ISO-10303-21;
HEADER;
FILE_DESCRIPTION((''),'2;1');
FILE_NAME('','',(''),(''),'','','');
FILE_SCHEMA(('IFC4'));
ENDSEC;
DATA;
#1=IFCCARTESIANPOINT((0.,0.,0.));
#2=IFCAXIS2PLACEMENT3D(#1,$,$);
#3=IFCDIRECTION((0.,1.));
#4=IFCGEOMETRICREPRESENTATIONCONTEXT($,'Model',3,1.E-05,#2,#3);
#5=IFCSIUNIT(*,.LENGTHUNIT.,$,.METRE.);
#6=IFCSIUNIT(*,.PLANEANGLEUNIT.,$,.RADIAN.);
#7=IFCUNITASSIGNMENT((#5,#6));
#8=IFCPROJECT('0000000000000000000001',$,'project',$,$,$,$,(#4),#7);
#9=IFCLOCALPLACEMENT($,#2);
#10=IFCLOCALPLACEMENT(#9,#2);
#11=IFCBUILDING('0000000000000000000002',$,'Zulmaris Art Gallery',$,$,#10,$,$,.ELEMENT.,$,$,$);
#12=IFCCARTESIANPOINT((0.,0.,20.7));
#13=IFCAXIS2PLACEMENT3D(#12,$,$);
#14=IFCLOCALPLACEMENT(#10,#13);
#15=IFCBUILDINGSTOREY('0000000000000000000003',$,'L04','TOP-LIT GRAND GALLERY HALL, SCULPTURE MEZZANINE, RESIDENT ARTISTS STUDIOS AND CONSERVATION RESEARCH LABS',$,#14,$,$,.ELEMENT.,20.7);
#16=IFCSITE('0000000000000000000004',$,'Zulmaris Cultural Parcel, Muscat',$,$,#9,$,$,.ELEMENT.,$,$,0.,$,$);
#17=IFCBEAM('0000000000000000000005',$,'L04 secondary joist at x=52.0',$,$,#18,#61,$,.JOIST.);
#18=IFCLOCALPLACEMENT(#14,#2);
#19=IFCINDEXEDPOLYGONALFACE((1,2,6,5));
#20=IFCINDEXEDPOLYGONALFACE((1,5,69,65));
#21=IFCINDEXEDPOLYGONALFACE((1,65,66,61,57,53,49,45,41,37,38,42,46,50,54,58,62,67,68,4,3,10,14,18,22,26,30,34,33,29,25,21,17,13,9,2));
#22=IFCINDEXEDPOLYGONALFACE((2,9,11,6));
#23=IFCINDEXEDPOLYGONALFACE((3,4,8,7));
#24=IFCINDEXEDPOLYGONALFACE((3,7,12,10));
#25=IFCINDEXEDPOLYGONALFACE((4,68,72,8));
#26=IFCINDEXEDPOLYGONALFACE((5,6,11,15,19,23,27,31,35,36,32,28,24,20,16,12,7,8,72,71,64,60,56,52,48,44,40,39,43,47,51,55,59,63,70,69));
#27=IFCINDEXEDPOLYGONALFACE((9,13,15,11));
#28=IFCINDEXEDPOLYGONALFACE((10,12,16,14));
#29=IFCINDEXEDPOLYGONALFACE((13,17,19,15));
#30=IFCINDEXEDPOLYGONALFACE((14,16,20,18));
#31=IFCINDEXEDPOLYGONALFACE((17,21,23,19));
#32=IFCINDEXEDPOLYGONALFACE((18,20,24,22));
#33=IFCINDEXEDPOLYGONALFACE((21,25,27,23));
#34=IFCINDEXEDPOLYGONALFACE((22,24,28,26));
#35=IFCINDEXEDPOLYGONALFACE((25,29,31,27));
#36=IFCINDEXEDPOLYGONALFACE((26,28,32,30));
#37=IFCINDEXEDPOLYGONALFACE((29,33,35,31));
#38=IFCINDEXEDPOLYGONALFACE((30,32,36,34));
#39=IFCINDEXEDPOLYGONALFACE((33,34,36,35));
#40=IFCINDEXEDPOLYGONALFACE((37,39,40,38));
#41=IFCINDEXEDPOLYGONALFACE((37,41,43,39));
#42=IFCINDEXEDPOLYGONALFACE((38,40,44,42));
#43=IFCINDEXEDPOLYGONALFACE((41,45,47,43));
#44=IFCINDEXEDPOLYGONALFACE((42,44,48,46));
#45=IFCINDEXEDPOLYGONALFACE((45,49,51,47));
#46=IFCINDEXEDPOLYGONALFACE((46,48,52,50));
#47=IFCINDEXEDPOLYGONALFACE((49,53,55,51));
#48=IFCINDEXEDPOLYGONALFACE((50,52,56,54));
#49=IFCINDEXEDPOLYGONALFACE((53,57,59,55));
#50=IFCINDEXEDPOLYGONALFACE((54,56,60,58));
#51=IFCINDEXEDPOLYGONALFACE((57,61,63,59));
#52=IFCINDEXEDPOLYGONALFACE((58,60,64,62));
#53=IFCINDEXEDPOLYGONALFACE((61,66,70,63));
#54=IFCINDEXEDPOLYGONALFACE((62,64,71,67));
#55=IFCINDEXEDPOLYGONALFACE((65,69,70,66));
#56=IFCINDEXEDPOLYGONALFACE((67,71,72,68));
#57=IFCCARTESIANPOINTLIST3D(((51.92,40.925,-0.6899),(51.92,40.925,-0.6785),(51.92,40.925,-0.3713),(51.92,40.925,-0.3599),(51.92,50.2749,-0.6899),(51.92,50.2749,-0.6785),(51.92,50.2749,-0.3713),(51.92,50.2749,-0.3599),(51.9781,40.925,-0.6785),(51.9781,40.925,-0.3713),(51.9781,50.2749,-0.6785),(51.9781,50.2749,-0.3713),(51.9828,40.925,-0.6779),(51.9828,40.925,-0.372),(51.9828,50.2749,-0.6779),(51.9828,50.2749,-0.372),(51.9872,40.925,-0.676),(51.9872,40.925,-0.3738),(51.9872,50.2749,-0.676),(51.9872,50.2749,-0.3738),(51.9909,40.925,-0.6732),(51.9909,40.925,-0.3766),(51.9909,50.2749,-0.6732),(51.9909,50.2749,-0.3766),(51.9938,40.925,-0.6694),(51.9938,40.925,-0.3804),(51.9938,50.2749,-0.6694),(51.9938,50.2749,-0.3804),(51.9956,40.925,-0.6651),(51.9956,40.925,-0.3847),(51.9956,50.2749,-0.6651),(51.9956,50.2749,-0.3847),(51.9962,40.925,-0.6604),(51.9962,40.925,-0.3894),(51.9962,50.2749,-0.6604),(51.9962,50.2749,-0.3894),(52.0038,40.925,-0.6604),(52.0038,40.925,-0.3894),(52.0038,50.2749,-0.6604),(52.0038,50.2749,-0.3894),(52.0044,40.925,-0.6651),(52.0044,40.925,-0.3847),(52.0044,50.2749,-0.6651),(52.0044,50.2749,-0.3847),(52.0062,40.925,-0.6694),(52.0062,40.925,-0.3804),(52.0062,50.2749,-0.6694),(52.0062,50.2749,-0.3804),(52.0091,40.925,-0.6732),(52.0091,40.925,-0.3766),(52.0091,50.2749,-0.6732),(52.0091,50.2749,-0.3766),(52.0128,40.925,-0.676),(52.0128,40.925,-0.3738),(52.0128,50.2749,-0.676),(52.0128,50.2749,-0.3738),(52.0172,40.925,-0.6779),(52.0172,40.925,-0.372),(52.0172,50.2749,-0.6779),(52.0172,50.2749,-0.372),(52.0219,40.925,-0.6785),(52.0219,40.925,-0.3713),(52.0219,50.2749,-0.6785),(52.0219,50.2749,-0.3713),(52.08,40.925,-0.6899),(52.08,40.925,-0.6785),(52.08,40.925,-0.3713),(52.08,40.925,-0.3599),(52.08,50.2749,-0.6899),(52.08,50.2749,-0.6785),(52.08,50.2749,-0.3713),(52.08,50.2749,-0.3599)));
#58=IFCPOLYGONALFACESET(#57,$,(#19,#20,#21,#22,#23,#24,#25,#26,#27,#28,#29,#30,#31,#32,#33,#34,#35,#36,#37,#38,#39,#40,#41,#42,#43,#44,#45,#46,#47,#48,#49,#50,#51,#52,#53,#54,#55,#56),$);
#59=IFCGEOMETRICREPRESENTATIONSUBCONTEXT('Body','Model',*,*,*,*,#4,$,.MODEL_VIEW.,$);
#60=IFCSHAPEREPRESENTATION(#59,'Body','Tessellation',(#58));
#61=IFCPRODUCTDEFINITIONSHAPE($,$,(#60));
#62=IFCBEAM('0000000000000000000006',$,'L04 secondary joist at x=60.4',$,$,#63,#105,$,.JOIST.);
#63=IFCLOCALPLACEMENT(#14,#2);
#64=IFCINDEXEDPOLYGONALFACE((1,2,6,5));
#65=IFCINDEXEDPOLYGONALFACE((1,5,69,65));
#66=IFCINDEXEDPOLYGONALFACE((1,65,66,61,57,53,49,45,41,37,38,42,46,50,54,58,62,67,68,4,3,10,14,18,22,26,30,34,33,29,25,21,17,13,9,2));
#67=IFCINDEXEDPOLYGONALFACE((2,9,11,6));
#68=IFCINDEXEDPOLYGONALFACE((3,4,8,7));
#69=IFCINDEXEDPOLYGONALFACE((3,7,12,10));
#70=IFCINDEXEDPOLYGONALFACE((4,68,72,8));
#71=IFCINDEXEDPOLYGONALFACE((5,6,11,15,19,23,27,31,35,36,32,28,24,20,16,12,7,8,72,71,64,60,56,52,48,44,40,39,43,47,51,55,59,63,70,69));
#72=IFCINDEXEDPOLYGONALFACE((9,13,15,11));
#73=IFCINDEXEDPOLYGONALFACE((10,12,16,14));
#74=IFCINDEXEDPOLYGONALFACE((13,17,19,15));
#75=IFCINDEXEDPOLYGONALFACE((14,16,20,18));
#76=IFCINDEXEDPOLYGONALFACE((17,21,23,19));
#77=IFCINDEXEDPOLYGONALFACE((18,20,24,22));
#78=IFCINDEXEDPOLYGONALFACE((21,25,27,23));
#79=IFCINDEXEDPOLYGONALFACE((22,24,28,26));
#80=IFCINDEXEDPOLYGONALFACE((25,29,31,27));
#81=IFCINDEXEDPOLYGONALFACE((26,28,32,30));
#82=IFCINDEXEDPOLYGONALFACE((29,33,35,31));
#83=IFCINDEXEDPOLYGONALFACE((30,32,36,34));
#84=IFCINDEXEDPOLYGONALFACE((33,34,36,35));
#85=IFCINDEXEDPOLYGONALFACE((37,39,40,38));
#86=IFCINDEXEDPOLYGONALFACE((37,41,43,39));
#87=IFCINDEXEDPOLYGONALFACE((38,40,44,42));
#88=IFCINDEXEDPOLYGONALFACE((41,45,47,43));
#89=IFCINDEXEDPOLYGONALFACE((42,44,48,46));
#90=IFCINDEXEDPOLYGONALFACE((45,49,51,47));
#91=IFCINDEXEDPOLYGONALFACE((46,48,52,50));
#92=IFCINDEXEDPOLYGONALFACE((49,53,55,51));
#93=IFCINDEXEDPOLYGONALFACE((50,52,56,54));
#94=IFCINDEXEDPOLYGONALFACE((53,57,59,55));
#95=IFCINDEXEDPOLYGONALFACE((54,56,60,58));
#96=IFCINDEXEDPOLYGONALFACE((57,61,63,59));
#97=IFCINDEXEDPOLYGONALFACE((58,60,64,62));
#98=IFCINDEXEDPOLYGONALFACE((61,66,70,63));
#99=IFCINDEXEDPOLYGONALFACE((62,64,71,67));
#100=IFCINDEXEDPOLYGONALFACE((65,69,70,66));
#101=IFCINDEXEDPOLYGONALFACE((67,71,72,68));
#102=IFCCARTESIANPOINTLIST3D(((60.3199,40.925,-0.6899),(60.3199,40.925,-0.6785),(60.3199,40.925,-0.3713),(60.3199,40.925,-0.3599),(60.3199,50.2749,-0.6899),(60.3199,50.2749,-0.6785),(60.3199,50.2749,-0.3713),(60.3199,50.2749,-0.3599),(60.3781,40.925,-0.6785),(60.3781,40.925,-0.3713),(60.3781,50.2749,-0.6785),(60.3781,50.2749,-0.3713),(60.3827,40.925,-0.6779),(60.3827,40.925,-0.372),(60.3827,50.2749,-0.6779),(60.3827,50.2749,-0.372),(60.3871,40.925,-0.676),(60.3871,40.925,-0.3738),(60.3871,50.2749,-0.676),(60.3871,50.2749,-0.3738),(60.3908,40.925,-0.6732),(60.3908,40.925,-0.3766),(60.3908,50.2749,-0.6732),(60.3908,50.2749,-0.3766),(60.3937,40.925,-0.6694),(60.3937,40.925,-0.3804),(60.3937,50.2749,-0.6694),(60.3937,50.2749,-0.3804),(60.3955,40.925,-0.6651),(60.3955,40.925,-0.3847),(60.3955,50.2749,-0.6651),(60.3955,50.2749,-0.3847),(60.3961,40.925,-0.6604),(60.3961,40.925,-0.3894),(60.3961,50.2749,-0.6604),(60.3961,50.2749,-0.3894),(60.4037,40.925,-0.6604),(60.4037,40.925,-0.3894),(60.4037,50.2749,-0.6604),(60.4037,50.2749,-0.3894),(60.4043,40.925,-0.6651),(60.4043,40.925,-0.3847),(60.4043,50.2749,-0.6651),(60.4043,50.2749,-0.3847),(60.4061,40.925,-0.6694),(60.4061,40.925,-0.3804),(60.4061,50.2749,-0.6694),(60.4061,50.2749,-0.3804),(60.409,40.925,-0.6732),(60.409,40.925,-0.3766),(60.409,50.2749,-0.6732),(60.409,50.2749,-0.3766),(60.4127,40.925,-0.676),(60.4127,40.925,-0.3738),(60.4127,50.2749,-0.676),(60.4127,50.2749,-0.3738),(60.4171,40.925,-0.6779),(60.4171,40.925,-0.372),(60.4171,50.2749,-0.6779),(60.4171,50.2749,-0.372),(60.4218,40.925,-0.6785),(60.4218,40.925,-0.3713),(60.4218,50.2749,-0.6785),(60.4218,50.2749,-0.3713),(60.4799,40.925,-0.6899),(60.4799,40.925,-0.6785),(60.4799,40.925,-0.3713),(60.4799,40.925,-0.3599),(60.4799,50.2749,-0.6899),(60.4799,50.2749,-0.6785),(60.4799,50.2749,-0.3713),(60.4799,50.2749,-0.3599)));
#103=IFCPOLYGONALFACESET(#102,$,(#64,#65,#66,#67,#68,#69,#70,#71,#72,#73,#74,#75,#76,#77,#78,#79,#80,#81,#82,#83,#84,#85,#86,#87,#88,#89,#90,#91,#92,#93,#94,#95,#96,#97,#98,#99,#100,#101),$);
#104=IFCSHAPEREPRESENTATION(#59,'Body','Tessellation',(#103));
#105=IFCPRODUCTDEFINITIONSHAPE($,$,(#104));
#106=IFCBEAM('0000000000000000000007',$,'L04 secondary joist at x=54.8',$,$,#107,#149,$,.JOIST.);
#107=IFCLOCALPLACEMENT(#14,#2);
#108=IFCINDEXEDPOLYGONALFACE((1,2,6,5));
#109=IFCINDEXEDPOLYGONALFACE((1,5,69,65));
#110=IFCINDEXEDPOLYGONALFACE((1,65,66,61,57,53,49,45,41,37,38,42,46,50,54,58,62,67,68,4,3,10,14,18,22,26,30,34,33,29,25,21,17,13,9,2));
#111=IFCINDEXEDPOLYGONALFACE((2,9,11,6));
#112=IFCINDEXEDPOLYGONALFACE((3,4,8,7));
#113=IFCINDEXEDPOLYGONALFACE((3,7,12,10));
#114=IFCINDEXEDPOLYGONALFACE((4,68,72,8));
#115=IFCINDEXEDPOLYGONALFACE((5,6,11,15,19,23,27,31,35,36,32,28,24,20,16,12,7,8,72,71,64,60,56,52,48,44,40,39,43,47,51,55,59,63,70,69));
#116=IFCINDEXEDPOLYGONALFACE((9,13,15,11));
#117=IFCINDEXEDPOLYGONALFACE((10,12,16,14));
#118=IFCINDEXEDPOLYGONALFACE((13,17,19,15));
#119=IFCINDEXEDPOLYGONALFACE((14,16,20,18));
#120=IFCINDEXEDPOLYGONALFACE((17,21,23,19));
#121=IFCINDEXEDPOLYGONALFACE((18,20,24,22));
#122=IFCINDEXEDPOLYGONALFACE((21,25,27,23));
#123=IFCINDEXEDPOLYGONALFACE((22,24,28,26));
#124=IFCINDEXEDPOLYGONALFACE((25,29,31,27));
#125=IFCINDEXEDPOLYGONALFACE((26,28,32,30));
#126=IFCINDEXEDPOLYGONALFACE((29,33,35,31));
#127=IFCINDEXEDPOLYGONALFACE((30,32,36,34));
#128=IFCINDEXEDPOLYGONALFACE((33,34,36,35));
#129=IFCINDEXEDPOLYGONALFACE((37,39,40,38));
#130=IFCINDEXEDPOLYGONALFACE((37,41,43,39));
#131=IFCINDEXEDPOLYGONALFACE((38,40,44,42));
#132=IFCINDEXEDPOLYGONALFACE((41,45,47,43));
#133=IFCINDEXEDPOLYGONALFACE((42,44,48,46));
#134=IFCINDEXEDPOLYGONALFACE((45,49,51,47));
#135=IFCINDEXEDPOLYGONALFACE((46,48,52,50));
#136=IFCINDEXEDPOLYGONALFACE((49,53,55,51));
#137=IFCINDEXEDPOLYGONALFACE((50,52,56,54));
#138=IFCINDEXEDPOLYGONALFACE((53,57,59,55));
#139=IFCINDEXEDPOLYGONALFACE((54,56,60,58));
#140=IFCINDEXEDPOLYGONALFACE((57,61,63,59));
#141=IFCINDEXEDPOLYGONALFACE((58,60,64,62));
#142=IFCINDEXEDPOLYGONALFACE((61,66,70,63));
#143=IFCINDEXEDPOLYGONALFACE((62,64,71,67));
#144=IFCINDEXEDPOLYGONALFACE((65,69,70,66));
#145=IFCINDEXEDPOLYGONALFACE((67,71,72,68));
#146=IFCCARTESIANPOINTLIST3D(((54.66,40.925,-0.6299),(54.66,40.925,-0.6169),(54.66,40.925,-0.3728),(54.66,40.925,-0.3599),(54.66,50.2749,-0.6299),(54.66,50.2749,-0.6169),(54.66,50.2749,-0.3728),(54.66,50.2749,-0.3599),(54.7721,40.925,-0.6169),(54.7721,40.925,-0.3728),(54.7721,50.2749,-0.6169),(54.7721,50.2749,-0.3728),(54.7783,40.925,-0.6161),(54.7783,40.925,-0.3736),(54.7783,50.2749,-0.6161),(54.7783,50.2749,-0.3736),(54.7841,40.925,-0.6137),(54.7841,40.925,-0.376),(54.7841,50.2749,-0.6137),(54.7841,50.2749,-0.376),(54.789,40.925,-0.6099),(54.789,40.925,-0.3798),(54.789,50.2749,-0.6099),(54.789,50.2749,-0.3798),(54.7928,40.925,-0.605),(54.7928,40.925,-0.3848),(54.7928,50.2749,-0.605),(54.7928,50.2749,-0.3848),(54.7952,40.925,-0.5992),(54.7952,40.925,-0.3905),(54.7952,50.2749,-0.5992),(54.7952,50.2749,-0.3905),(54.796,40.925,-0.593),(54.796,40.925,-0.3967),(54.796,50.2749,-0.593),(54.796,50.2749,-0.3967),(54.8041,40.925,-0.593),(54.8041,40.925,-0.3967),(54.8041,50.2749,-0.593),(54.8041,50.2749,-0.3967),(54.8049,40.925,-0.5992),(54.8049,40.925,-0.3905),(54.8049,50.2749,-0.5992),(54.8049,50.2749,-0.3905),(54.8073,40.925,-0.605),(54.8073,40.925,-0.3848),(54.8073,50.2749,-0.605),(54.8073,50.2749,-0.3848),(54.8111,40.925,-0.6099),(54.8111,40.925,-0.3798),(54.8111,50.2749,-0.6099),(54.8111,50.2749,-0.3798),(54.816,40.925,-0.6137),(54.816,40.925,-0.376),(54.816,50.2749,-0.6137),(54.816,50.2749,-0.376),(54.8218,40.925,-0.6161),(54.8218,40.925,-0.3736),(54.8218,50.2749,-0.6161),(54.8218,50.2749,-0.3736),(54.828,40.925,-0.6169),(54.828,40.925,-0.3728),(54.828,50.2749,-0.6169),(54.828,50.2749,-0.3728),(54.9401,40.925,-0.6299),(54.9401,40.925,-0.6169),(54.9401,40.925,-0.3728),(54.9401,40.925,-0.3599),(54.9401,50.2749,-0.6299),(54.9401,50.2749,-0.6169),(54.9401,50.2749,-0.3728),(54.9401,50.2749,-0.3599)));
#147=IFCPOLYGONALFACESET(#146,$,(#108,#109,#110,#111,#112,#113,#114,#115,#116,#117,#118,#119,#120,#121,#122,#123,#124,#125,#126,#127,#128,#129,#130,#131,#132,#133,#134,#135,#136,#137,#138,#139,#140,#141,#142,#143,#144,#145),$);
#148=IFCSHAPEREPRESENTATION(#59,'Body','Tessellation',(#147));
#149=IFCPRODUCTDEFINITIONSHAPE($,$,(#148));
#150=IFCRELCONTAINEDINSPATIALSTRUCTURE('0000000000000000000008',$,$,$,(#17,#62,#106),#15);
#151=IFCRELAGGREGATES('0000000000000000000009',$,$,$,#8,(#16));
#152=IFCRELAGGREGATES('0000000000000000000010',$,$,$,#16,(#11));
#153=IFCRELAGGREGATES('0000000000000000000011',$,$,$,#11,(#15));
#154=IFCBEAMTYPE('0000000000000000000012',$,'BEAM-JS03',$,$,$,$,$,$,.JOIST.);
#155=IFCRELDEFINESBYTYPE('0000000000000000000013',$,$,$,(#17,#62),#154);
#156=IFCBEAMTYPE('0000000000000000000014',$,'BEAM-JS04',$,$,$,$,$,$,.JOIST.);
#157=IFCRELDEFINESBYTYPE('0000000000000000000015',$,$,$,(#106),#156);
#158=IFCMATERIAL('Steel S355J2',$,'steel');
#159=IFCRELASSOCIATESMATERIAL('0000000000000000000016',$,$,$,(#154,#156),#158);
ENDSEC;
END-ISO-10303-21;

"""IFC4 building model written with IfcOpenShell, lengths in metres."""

from ifc_helpers import new_model, si_unit, direction, frame, origin, origin_2d, place, context, subcontext, project, spatial, i_section, extrude, material, material_profile, profile_set, type_object, element, save


model = new_model("IFC4")

# Units and contexts
model_context = context("Model", 3, precision=1e-05, world=origin(), true_north=direction((0.0, 1.0)))
body_context = subcontext(model_context, "Body", "Model", "MODEL_VIEW")
ifc_project = project(units=[si_unit("LENGTHUNIT", "METRE"), si_unit("PLANEANGLEUNIT", "RADIAN")], contexts=[model_context])

# Site, building, storey
site_placement = place(None, origin())
site = spatial("IfcSite", under=ifc_project, at=site_placement, Name="Zulmaris Cultural Parcel, Muscat", CompositionType="ELEMENT", RefElevation=0.0)
building_placement = place(site_placement, origin())
building = spatial("IfcBuilding", under=site, at=building_placement, Name="Zulmaris Art Gallery", CompositionType="ELEMENT")
storey_placement = place(building_placement, frame((0.0, 0.0, 20.7)))
storey = spatial("IfcBuildingStorey", under=building, at=storey_placement, Name="L04", Description="TOP-LIT GRAND GALLERY HALL, SCULPTURE MEZZANINE, RESIDENT ARTISTS STUDIOS AND CONSERVATION RESEARCH LABS", CompositionType="ELEMENT", Elevation=20.7)

# Beams
ifc_material_1 = material(Name="Steel S355J2", Category="steel")
ifc_material_profile_1 = material_profile(ifc_material_1, i_section(OverallWidth=0.1599, OverallDepth=0.3301, WebThickness=0.0076, FlangeThickness=0.0115, FilletRadius=0.0181, at=origin_2d()), Name="IPE 330")
ifc_profile_set_1 = profile_set([ifc_material_profile_1], Name="Steel S355J2")
beam_type_1 = type_object("IfcBeamType", Name="BEAM-JS03", PredefinedType="JOIST", material=ifc_profile_set_1)
for number, where, z_axis, x_axis, name in (
    (1, (52.0, 40.925, -0.5249), (0.0, 1.0, 0.0), (-1.0, 0.0, 0.0), "L04 secondary joist at x=52.0"),
    (2, (60.3999, 40.925, -0.5249), (0.0, 1.0, 0.0), (-1.0, 0.0, 0.0), "L04 secondary joist at x=60.4"),
):
    element("IfcBeam", number, at=place(storey_placement, frame(where, z_axis=z_axis, x_axis=x_axis)), inside=storey, type_object=beam_type_1, Name=name, PredefinedType="JOIST", context=body_context, shape_type="SweptSolid", body=[
        extrude(i_section(OverallWidth=0.1599, OverallDepth=0.3301, WebThickness=0.0076, FlangeThickness=0.0115, FilletRadius=0.0181, at=origin_2d()), origin(), (0.0, 0.0, 1.0), 9.3499),
    ])
ifc_material_profile_2 = material_profile(ifc_material_1, i_section(OverallWidth=0.28, OverallDepth=0.27, WebThickness=0.0081, FlangeThickness=0.0129, FilletRadius=0.0239, at=origin_2d()), Name="HEA 280")
ifc_profile_set_2 = profile_set([ifc_material_profile_2], Name="Steel S355J2")
beam_type_2 = type_object("IfcBeamType", Name="BEAM-JS04", PredefinedType="JOIST", material=ifc_profile_set_2)
beam_1_placement = place(storey_placement, frame((54.8, 40.925, -0.4949), z_axis=(0.0, 1.0, 0.0), x_axis=(-1.0, 0.0, 0.0)))
element("IfcBeam", 3, at=beam_1_placement, inside=storey, type_object=beam_type_2, Name="L04 secondary joist at x=54.8", PredefinedType="JOIST", context=body_context, shape_type="SweptSolid", body=[
    extrude(i_section(OverallWidth=0.28, OverallDepth=0.27, WebThickness=0.0081, FlangeThickness=0.0129, FilletRadius=0.0239, at=origin_2d()), origin(), (0.0, 0.0, 1.0), 9.3499),
])

save(model, "model.ifc")
